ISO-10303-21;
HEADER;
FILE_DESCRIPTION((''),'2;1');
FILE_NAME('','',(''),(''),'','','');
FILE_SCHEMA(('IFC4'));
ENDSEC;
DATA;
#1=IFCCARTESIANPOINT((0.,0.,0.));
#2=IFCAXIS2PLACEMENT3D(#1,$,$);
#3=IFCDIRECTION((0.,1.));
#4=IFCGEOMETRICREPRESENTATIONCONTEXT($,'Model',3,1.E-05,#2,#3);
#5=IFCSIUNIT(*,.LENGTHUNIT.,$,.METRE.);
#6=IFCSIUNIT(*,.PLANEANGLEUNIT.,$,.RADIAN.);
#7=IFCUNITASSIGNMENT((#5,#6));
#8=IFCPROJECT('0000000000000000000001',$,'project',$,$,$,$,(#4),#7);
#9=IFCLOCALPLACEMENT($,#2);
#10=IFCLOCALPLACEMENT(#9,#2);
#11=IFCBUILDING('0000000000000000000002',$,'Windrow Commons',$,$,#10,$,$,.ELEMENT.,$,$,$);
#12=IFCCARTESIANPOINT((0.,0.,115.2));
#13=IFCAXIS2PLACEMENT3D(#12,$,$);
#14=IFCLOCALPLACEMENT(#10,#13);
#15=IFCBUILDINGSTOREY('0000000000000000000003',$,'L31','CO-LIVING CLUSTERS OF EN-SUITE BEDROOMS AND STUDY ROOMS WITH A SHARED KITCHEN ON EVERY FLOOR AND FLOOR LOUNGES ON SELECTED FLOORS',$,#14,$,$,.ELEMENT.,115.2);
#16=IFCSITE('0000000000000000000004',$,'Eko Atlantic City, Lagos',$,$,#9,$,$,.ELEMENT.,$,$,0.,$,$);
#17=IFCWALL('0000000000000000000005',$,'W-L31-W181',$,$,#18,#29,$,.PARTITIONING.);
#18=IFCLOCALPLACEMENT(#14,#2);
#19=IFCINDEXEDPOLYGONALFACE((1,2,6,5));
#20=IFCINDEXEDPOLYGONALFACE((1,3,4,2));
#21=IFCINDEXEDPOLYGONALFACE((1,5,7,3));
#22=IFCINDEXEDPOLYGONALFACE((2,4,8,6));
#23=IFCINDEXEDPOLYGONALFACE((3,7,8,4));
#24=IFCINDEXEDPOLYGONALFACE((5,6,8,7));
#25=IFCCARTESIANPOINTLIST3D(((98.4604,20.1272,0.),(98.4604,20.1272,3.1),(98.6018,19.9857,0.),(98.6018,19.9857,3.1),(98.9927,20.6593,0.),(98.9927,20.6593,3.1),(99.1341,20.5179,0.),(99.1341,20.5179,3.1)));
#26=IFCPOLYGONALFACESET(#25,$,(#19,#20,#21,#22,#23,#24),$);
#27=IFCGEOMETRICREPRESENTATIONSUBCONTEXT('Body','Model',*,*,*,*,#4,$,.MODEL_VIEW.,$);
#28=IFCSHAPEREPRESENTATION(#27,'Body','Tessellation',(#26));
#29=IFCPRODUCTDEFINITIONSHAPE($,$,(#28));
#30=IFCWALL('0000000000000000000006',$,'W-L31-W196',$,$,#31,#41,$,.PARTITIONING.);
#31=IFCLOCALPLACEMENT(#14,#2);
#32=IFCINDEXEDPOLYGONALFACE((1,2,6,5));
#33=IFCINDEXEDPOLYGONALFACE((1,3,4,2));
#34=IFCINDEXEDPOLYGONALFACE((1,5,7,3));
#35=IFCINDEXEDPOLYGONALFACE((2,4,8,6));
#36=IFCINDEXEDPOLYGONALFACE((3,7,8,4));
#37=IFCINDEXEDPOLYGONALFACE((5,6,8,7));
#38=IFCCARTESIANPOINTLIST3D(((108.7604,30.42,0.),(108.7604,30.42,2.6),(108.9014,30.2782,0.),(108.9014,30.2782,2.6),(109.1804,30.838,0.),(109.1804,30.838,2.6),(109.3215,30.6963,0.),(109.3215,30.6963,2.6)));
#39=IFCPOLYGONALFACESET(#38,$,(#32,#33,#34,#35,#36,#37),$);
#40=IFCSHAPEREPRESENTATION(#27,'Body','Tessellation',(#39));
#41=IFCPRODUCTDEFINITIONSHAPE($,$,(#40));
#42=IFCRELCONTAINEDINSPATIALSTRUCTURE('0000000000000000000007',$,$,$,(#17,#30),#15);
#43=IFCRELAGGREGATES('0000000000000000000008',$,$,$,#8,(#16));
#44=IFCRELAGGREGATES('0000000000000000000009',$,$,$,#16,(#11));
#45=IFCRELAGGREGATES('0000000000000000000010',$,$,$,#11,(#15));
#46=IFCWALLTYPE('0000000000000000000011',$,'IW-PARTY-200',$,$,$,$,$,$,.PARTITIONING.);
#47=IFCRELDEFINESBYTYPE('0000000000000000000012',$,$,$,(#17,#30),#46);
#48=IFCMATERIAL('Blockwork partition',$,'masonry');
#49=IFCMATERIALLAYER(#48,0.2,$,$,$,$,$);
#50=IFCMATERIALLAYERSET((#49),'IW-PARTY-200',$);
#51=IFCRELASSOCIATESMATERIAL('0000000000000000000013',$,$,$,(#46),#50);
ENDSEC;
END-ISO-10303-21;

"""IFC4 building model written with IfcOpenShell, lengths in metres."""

from ifc_helpers import new_model, si_unit, direction, frame, frame_2d, origin, place, context, subcontext, project, spatial, rectangle, extrude, material, layer, layer_set, type_object, element, save


model = new_model("IFC4")

# Units and contexts
model_context = context("Model", 3, precision=1e-05, world=origin(), true_north=direction((0.0, 1.0)))
body_context = subcontext(model_context, "Body", "Model", "MODEL_VIEW")
ifc_project = project(units=[si_unit("LENGTHUNIT", "METRE"), si_unit("PLANEANGLEUNIT", "RADIAN")], contexts=[model_context])

# Site, building, storey
site_placement = place(None, origin())
site = spatial("IfcSite", under=ifc_project, at=site_placement, Name="Eko Atlantic City, Lagos", CompositionType="ELEMENT", RefElevation=0.0)
building_placement = place(site_placement, origin())
building = spatial("IfcBuilding", under=site, at=building_placement, Name="Windrow Commons", CompositionType="ELEMENT")
storey_placement = place(building_placement, frame((0.0, 0.0, 115.2)))
storey = spatial("IfcBuildingStorey", under=building, at=storey_placement, Name="L31", Description="CO-LIVING CLUSTERS OF EN-SUITE BEDROOMS AND STUDY ROOMS WITH A SHARED KITCHEN ON EVERY FLOOR AND FLOOR LOUNGES ON SELECTED FLOORS", CompositionType="ELEMENT", Elevation=115.2)

# Walls
ifc_material_1 = material(Name="Blockwork partition", Category="masonry")
ifc_layer_1 = layer(ifc_material_1, 0.2)
ifc_layer_set_1 = layer_set([ifc_layer_1], Name="IW-PARTY-200")
wall_type_1 = type_object("IfcWallType", Name="IW-PARTY-200", PredefinedType="PARTITIONING", material=ifc_layer_set_1)
wall_1_placement = place(storey_placement, frame((98.5311, 20.0564, 0.0), z_axis=(0.0, 0.0, 1.0), x_axis=(0.707173, 0.70704, 0.0)))
element("IfcWall", 1, at=wall_1_placement, inside=storey, type_object=wall_type_1, Name="W-L31-W181", PredefinedType="PARTITIONING", context=body_context, shape_type="SweptSolid", body=[
    extrude(rectangle(XDim=0.7527, YDim=0.2, at=frame_2d((0.3764, 0.0))), origin(), (0.0, 0.0, 1.0), 3.1),
])
wall_2_placement = place(storey_placement, frame((108.8309, 30.3491, 0.0), z_axis=(0.0, 0.0, 1.0), x_axis=(0.708792, 0.705417, 0.0)))
element("IfcWall", 2, at=wall_2_placement, inside=storey, type_object=wall_type_1, Name="W-L31-W196", PredefinedType="PARTITIONING", context=body_context, shape_type="SweptSolid", body=[
    extrude(rectangle(XDim=0.5926, YDim=0.2, at=frame_2d((0.2963, 0.0))), origin(), (0.0, 0.0, 1.0), 2.6),
])

save(model, "model.ifc")
